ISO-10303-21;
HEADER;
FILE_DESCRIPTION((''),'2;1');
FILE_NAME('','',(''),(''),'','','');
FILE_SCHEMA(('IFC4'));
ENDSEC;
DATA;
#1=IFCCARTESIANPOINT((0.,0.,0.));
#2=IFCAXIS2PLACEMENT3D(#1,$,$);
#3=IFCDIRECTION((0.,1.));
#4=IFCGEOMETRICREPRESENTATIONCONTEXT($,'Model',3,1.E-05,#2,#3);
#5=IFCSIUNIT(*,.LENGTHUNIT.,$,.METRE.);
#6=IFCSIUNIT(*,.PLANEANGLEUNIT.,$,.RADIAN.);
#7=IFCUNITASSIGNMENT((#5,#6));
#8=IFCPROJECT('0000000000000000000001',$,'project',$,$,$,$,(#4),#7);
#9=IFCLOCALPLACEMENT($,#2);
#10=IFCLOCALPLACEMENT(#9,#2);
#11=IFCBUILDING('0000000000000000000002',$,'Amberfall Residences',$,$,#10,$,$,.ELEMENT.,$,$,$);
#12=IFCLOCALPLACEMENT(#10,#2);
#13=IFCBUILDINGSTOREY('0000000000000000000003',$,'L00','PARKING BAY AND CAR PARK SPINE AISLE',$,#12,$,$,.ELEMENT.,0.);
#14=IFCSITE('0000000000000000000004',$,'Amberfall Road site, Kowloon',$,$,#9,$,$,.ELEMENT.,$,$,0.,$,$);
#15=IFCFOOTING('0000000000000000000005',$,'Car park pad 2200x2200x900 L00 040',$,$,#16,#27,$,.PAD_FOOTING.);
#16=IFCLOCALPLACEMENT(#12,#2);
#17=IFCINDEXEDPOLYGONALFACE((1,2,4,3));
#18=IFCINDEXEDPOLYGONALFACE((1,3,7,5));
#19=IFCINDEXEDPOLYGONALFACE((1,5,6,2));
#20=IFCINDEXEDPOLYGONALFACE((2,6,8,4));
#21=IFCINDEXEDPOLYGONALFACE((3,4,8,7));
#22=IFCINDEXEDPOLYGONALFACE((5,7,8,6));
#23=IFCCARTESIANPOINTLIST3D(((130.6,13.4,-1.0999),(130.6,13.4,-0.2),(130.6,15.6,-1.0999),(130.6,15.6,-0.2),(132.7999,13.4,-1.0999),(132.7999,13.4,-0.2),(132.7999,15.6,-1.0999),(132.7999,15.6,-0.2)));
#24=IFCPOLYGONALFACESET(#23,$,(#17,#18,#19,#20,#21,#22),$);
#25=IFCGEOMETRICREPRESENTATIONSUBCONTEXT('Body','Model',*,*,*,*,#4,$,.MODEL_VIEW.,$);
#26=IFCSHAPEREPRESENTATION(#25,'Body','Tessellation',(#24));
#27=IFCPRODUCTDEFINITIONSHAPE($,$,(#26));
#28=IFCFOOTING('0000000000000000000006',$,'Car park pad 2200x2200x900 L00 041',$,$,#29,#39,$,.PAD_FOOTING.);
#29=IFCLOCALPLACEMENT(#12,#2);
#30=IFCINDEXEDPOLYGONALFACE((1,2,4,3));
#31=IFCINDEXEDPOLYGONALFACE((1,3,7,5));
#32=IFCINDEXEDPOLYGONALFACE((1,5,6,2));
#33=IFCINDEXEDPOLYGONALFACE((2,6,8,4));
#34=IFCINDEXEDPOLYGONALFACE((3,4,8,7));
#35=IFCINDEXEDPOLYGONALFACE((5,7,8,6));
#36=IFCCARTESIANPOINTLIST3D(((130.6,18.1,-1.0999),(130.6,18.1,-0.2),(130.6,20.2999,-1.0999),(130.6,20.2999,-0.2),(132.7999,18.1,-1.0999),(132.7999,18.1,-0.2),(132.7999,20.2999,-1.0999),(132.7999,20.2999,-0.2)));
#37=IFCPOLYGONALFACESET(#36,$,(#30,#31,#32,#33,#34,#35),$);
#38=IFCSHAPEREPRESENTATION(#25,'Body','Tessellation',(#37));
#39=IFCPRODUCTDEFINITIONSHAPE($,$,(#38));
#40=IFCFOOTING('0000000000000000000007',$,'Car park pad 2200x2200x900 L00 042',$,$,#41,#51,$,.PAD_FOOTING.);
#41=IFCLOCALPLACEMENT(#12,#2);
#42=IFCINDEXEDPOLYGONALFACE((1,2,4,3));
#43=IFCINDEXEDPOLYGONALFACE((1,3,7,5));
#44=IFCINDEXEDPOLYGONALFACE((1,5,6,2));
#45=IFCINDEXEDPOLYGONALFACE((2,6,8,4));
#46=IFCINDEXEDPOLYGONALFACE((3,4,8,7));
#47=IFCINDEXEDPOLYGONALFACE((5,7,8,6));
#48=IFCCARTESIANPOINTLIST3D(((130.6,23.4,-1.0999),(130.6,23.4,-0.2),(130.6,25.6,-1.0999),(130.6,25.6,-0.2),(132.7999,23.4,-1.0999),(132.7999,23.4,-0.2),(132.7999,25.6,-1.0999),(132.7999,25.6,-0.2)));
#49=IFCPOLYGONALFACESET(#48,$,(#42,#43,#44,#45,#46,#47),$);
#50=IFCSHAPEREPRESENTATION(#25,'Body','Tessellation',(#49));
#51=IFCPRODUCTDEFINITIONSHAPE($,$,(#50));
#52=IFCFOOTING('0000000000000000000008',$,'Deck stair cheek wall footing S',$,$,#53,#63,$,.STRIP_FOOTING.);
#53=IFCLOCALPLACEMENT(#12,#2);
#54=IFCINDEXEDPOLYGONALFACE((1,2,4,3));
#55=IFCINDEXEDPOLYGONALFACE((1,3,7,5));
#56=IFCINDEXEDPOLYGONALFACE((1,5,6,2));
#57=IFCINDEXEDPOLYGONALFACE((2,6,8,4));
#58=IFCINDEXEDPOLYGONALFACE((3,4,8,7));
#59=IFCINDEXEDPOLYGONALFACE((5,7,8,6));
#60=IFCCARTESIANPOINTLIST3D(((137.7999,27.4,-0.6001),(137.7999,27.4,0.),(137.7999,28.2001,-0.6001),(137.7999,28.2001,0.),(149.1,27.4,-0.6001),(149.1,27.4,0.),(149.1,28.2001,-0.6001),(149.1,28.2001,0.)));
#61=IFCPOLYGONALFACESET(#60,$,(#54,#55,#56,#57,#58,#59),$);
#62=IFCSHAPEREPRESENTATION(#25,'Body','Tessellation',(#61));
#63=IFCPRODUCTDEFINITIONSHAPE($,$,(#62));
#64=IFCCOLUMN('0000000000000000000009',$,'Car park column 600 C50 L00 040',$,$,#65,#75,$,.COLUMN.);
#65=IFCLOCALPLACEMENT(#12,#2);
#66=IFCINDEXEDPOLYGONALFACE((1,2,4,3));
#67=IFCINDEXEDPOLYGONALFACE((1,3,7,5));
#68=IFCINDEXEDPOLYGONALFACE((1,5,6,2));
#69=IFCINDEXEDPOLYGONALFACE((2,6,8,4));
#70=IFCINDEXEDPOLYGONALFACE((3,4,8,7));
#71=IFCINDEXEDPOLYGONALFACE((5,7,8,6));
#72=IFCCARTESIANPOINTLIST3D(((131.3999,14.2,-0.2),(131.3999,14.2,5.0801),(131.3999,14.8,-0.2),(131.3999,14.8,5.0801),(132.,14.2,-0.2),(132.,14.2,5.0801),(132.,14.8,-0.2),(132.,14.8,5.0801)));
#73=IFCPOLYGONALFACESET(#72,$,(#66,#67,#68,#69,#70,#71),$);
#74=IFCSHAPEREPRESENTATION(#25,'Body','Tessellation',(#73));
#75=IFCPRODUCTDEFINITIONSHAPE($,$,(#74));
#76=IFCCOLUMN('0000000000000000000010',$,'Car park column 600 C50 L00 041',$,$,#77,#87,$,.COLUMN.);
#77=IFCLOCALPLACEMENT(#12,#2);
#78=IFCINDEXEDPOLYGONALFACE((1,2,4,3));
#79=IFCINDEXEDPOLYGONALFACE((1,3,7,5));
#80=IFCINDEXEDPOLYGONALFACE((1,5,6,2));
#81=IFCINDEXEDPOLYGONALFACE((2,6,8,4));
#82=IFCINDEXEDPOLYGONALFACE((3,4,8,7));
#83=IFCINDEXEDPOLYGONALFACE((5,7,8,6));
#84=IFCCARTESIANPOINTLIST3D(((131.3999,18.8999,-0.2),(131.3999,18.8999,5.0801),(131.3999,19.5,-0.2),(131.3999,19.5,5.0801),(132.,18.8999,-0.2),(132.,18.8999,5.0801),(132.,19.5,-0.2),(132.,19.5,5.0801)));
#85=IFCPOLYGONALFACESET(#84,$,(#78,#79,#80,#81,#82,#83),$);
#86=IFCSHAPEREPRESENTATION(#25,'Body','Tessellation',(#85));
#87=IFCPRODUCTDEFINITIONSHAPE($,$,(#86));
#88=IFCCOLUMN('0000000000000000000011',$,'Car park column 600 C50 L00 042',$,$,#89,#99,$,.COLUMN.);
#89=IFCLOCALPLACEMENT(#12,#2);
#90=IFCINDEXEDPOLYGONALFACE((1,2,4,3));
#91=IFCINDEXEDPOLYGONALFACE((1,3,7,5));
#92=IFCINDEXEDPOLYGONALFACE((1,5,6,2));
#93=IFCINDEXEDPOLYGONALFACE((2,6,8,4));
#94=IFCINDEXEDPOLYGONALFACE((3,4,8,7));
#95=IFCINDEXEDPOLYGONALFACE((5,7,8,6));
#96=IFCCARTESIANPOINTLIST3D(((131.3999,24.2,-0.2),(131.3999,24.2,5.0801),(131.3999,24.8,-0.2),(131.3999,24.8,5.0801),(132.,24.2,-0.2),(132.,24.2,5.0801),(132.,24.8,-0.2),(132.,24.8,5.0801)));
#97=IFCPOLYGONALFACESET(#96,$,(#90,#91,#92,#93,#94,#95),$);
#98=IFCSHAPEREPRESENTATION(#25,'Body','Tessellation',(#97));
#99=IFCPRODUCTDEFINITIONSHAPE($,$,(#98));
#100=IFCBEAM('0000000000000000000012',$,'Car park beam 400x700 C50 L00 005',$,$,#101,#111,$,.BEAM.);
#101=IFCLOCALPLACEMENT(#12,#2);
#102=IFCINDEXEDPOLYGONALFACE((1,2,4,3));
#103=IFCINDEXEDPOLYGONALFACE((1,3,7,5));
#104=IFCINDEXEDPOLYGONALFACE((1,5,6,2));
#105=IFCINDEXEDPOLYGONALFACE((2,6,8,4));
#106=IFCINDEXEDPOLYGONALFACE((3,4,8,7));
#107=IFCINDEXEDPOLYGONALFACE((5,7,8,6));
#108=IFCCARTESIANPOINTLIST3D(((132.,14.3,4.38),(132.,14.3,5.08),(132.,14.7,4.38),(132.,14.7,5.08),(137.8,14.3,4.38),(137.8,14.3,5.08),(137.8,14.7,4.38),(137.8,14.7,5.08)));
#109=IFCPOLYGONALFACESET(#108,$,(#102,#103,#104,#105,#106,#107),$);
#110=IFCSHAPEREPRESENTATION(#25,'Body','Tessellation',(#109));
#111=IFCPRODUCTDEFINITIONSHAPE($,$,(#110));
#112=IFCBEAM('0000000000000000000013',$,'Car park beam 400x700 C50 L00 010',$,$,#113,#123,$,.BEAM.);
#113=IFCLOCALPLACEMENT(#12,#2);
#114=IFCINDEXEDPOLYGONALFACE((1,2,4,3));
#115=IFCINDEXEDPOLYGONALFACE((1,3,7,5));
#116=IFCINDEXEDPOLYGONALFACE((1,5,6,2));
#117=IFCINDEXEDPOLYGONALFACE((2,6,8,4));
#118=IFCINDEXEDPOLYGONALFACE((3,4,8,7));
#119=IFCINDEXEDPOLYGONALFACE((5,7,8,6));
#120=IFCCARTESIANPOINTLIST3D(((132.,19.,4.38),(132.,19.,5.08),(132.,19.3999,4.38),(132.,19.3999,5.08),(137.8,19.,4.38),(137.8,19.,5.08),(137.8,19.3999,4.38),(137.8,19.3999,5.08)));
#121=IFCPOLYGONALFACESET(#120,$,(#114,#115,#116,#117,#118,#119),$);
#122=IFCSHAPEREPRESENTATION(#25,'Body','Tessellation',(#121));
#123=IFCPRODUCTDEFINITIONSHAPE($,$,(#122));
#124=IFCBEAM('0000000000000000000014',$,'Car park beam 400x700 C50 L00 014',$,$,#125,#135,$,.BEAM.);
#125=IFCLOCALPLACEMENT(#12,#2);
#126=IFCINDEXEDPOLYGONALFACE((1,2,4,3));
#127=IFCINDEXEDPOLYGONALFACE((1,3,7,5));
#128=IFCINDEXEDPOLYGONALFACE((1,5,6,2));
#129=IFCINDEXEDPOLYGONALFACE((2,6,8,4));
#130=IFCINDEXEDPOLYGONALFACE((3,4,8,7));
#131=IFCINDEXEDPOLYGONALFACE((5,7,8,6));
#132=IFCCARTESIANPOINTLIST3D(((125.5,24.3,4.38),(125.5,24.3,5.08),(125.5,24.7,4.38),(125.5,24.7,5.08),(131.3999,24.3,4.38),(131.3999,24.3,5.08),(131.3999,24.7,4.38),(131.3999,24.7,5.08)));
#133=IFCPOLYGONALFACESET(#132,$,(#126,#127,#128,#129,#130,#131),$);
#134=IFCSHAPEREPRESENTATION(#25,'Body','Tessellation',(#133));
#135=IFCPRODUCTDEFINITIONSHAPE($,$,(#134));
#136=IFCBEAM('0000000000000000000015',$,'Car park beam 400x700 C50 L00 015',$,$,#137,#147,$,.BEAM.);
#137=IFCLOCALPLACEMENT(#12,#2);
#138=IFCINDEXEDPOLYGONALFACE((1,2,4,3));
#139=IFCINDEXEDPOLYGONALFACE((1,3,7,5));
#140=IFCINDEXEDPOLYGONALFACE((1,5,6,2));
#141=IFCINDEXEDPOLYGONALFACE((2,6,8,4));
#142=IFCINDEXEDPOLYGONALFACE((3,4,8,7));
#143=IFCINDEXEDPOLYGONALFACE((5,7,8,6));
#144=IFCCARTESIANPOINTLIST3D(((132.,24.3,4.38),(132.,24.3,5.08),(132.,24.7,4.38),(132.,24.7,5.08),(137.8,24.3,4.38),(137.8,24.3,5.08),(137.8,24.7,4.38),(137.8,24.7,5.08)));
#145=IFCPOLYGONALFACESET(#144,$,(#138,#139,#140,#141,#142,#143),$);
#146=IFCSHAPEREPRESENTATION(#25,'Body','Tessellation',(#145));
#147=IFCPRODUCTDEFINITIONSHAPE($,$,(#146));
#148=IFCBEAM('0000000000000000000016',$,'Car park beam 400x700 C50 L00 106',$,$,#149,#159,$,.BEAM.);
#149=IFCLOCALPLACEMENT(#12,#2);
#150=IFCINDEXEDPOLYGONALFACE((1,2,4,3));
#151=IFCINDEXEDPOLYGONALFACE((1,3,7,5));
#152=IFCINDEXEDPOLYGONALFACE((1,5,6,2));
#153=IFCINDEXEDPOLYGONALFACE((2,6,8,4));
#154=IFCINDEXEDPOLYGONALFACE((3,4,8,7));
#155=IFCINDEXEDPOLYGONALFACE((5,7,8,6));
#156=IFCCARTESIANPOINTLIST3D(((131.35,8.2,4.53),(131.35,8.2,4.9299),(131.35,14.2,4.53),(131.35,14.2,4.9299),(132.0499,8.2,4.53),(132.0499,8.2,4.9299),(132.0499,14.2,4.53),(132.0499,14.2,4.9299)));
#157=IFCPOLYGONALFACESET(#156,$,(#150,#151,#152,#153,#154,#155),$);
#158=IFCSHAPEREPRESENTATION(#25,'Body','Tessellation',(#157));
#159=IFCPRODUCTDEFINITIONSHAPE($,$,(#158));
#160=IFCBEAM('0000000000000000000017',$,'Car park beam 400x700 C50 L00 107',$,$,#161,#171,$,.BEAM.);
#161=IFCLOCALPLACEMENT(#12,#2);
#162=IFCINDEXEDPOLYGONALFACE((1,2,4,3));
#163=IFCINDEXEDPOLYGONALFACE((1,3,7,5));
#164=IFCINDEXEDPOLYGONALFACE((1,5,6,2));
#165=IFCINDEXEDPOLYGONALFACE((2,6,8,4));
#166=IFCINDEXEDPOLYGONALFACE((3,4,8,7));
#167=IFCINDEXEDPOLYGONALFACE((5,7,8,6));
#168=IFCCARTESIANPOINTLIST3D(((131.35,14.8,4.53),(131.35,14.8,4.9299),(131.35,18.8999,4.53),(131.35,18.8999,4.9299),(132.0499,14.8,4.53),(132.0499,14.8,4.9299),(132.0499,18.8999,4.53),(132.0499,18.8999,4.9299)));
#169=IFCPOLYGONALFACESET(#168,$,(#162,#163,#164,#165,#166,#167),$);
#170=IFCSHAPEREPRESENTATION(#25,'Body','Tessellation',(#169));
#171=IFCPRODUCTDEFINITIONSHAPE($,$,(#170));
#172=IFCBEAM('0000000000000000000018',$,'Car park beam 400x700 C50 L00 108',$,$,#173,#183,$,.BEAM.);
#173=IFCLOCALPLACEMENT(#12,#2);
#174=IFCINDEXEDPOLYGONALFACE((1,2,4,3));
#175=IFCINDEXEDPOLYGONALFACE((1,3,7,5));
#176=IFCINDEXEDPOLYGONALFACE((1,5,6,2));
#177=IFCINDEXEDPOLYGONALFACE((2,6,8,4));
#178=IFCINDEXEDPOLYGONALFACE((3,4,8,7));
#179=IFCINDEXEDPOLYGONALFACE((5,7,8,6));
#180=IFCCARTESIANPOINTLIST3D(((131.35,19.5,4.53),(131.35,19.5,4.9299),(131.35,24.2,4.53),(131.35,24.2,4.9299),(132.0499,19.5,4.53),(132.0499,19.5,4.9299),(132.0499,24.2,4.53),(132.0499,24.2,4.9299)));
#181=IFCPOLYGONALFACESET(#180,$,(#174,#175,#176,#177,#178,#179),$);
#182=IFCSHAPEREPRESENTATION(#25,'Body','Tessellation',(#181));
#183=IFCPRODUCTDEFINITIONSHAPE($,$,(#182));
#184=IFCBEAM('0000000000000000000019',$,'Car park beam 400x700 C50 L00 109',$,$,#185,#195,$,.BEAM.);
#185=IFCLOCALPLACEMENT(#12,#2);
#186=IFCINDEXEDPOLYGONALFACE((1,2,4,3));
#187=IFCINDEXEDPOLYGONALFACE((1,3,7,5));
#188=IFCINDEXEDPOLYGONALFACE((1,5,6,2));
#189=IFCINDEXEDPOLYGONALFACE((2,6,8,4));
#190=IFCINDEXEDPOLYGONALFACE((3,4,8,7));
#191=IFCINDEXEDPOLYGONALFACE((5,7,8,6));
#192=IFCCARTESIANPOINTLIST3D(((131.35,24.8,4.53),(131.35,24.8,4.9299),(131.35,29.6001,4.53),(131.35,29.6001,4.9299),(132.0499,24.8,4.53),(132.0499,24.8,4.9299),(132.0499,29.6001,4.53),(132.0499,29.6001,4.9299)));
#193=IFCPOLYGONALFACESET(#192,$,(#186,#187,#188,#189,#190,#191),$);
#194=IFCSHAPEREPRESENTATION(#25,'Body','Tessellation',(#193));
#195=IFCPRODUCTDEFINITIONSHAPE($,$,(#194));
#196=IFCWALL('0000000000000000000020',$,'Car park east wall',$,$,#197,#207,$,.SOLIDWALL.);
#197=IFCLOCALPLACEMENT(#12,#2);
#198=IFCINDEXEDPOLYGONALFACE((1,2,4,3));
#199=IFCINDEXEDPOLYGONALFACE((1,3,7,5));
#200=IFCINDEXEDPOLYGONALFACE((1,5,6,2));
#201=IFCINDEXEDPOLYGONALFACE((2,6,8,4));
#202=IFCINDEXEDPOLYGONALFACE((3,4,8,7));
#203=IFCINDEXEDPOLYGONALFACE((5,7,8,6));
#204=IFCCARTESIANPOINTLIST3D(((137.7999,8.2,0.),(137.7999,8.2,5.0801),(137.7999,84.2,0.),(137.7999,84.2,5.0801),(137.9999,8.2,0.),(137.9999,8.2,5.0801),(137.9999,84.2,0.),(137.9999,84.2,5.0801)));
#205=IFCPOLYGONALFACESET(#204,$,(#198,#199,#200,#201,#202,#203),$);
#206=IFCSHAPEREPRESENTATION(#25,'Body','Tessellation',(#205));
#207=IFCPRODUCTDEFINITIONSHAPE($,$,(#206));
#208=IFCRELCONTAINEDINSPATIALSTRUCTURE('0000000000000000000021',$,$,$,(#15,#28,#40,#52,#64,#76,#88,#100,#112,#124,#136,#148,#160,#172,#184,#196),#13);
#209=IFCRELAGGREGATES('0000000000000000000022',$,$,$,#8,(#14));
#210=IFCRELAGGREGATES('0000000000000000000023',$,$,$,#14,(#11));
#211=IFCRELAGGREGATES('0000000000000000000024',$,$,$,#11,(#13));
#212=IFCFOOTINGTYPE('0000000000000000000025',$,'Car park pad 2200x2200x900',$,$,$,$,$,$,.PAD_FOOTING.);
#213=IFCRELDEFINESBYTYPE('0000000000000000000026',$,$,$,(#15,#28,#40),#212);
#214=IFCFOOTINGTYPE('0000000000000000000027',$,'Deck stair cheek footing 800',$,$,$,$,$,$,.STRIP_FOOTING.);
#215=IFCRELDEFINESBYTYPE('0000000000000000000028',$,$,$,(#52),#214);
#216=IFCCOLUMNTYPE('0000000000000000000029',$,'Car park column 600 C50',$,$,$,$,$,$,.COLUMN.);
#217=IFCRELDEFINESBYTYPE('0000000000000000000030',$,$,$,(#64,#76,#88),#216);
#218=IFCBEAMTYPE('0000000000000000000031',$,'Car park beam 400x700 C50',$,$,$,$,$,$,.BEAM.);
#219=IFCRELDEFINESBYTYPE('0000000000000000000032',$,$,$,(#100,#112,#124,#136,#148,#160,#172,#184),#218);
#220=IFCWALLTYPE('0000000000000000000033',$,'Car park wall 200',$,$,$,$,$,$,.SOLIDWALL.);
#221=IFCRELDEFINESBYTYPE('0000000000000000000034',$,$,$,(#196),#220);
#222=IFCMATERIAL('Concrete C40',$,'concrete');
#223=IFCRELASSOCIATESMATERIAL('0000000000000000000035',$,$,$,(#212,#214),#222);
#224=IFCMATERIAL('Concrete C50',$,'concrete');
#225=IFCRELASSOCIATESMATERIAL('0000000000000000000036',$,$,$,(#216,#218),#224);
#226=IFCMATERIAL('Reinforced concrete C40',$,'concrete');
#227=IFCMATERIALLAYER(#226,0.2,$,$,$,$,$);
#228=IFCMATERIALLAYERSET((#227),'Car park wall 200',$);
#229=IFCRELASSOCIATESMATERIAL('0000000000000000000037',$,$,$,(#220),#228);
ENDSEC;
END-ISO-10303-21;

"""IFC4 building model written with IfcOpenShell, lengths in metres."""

from ifc_helpers import new_model, si_unit, direction, frame, frame_2d, origin, origin_2d, place, context, subcontext, project, spatial, rectangle, extrude, material, layer, layer_set, material_profile, profile_set, type_object, element, save


model = new_model("IFC4")

# Units and contexts
model_context = context("Model", 3, precision=1e-05, world=origin(), true_north=direction((0.0, 1.0)))
body_context = subcontext(model_context, "Body", "Model", "MODEL_VIEW")
ifc_project = project(units=[si_unit("LENGTHUNIT", "METRE"), si_unit("PLANEANGLEUNIT", "RADIAN")], contexts=[model_context])

# Site, building, storey
site_placement = place(None, origin())
site = spatial("IfcSite", under=ifc_project, at=site_placement, Name="Amberfall Road site, Kowloon", CompositionType="ELEMENT", RefElevation=0.0)
building_placement = place(site_placement, origin())
building = spatial("IfcBuilding", under=site, at=building_placement, Name="Amberfall Residences", CompositionType="ELEMENT")
storey_placement = place(building_placement, origin())
storey = spatial("IfcBuildingStorey", under=building, at=storey_placement, Name="L00", Description="PARKING BAY AND CAR PARK SPINE AISLE", CompositionType="ELEMENT", Elevation=0.0)

# Footings
ifc_material_1 = material(Name="Concrete C40", Category="concrete")
footing_type_1 = type_object("IfcFootingType", Name="Car park pad 2200x2200x900", PredefinedType="PAD_FOOTING", material=ifc_material_1)
for number, where, z_axis, x_axis, name in (
    (1, (131.7, 14.5, -1.0999), (0.0, 0.0, 1.0), (1.0, 0.0, 0.0), "Car park pad 2200x2200x900 L00 040"),
    (2, (131.7, 19.2, -1.0999), (0.0, 0.0, 1.0), (1.0, 0.0, 0.0), "Car park pad 2200x2200x900 L00 041"),
    (3, (131.7, 24.5, -1.0999), (0.0, 0.0, 1.0), (1.0, 0.0, 0.0), "Car park pad 2200x2200x900 L00 042"),
):
    element("IfcFooting", number, at=place(storey_placement, frame(where, z_axis=z_axis, x_axis=x_axis)), inside=storey, type_object=footing_type_1, Name=name, PredefinedType="PAD_FOOTING", context=body_context, shape_type="SweptSolid", body=[
        extrude(rectangle(XDim=2.2, YDim=2.2, at=origin_2d()), origin(), (0.0, 0.0, 1.0), 0.8999),
    ])
footing_type_2 = type_object("IfcFootingType", Name="Deck stair cheek footing 800", PredefinedType="STRIP_FOOTING", material=ifc_material_1)
footing_placement = place(storey_placement, frame((143.45, 27.8, -0.6001), z_axis=(0.0, 0.0, 1.0), x_axis=(1.0, 0.0, 0.0)))
element("IfcFooting", 4, at=footing_placement, inside=storey, type_object=footing_type_2, Name="Deck stair cheek wall footing S", PredefinedType="STRIP_FOOTING", context=body_context, shape_type="SweptSolid", body=[
    extrude(rectangle(XDim=11.3, YDim=0.8, at=origin_2d()), origin(), (0.0, 0.0, 1.0), 0.6001),
])

# Columns
ifc_material_2 = material(Name="Concrete C50", Category="concrete")
ifc_material_profile_1 = material_profile(ifc_material_2, rectangle(XDim=0.6001, YDim=0.6001, at=origin_2d()), Name="RC 600x600")
ifc_profile_set_1 = profile_set([ifc_material_profile_1], Name="Concrete C50")
column_type = type_object("IfcColumnType", Name="Car park column 600 C50", PredefinedType="COLUMN", material=ifc_profile_set_1)
for number, where, z_axis, x_axis, name in (
    (5, (131.7, 14.5, -0.2), (0.0, 0.0, 1.0), (1.0, 0.0, 0.0), "Car park column 600 C50 L00 040"),
    (6, (131.7, 19.2, -0.2), (0.0, 0.0, 1.0), (1.0, 0.0, 0.0), "Car park column 600 C50 L00 041"),
    (7, (131.7, 24.5, -0.2), (0.0, 0.0, 1.0), (1.0, 0.0, 0.0), "Car park column 600 C50 L00 042"),
):
    element("IfcColumn", number, at=place(storey_placement, frame(where, z_axis=z_axis, x_axis=x_axis)), inside=storey, type_object=column_type, Name=name, PredefinedType="COLUMN", context=body_context, shape_type="SweptSolid", body=[
        extrude(rectangle(XDim=0.6001, YDim=0.6001, at=origin_2d()), origin(), (0.0, 0.0, 1.0), 5.28),
    ])

# Beams
ifc_material_profile_2 = material_profile(ifc_material_2, rectangle(XDim=0.3999, YDim=0.7, at=origin_2d()), Name="RC 400x700")
ifc_profile_set_2 = profile_set([ifc_material_profile_2], Name="Concrete C50")
beam_type = type_object("IfcBeamType", Name="Car park beam 400x700 C50", PredefinedType="BEAM", material=ifc_profile_set_2)
for number, where, z_axis, x_axis, name in (
    (8, (132.0, 14.5, 4.73), (1.0, 0.0, 0.0), (0.0, 1.0, 0.0), "Car park beam 400x700 C50 L00 005"),
    (9, (132.0, 19.2, 4.73), (1.0, 0.0, 0.0), (0.0, 1.0, 0.0), "Car park beam 400x700 C50 L00 010"),
):
    element("IfcBeam", number, at=place(storey_placement, frame(where, z_axis=z_axis, x_axis=x_axis)), inside=storey, type_object=beam_type, Name=name, PredefinedType="BEAM", context=body_context, shape_type="SweptSolid", body=[
        extrude(rectangle(XDim=0.3999, YDim=0.7, at=origin_2d()), origin(), (0.0, 0.0, 1.0), 5.8),
    ])
beam_1_placement = place(storey_placement, frame((125.5, 24.5, 4.73), z_axis=(1.0, 0.0, 0.0), x_axis=(0.0, 1.0, 0.0)))
element("IfcBeam", 10, at=beam_1_placement, inside=storey, type_object=beam_type, Name="Car park beam 400x700 C50 L00 014", PredefinedType="BEAM", context=body_context, shape_type="SweptSolid", body=[
    extrude(rectangle(XDim=0.3999, YDim=0.7, at=origin_2d()), origin(), (0.0, 0.0, 1.0), 5.8999),
])
beam_2_placement = place(storey_placement, frame((132.0, 24.5, 4.73), z_axis=(1.0, 0.0, 0.0), x_axis=(0.0, 1.0, 0.0)))
element("IfcBeam", 11, at=beam_2_placement, inside=storey, type_object=beam_type, Name="Car park beam 400x700 C50 L00 015", PredefinedType="BEAM", context=body_context, shape_type="SweptSolid", body=[
    extrude(rectangle(XDim=0.3999, YDim=0.7, at=origin_2d()), origin(), (0.0, 0.0, 1.0), 5.8),
])
beam_3_placement = place(storey_placement, frame((131.7, 8.2, 4.73), z_axis=(0.0, 1.0, 0.0), x_axis=(0.0, 0.0, 1.0)))
element("IfcBeam", 12, at=beam_3_placement, inside=storey, type_object=beam_type, Name="Car park beam 400x700 C50 L00 106", PredefinedType="BEAM", context=body_context, shape_type="SweptSolid", body=[
    extrude(rectangle(XDim=0.3999, YDim=0.7, at=origin_2d()), origin(), (0.0, 0.0, 1.0), 6.0),
])
beam_4_placement = place(storey_placement, frame((131.7, 14.8, 4.73), z_axis=(0.0, 1.0, 0.0), x_axis=(0.0, 0.0, 1.0)))
element("IfcBeam", 13, at=beam_4_placement, inside=storey, type_object=beam_type, Name="Car park beam 400x700 C50 L00 107", PredefinedType="BEAM", context=body_context, shape_type="SweptSolid", body=[
    extrude(rectangle(XDim=0.3999, YDim=0.7, at=origin_2d()), origin(), (0.0, 0.0, 1.0), 4.0999),
])
beam_5_placement = place(storey_placement, frame((131.7, 19.5, 4.73), z_axis=(0.0, 1.0, 0.0), x_axis=(0.0, 0.0, 1.0)))
element("IfcBeam", 14, at=beam_5_placement, inside=storey, type_object=beam_type, Name="Car park beam 400x700 C50 L00 108", PredefinedType="BEAM", context=body_context, shape_type="SweptSolid", body=[
    extrude(rectangle(XDim=0.3999, YDim=0.7, at=origin_2d()), origin(), (0.0, 0.0, 1.0), 4.7),
])
beam_6_placement = place(storey_placement, frame((131.7, 24.8, 4.73), z_axis=(0.0, 1.0, 0.0), x_axis=(0.0, 0.0, 1.0)))
element("IfcBeam", 15, at=beam_6_placement, inside=storey, type_object=beam_type, Name="Car park beam 400x700 C50 L00 109", PredefinedType="BEAM", context=body_context, shape_type="SweptSolid", body=[
    extrude(rectangle(XDim=0.3999, YDim=0.7, at=origin_2d()), origin(), (0.0, 0.0, 1.0), 4.8),
])

# Wall
ifc_material_3 = material(Name="Reinforced concrete C40", Category="concrete")
ifc_layer_1 = layer(ifc_material_3, 0.2)
ifc_layer_set_1 = layer_set([ifc_layer_1], Name="Car park wall 200")
wall_type_1 = type_object("IfcWallType", Name="Car park wall 200", PredefinedType="SOLIDWALL", material=ifc_layer_set_1)
wall_1_placement = place(storey_placement, frame((137.8999, 8.2, 0.0), z_axis=(0.0, 0.0, 1.0), x_axis=(0.0, 1.0, 0.0)))
element("IfcWall", 16, at=wall_1_placement, inside=storey, type_object=wall_type_1, Name="Car park east wall", PredefinedType="SOLIDWALL", context=body_context, shape_type="SweptSolid", body=[
    extrude(rectangle(XDim=76.0, YDim=0.2, at=frame_2d((38.0, 0.0))), origin(), (0.0, 0.0, 1.0), 5.0801),
])

save(model, "model.ifc")
